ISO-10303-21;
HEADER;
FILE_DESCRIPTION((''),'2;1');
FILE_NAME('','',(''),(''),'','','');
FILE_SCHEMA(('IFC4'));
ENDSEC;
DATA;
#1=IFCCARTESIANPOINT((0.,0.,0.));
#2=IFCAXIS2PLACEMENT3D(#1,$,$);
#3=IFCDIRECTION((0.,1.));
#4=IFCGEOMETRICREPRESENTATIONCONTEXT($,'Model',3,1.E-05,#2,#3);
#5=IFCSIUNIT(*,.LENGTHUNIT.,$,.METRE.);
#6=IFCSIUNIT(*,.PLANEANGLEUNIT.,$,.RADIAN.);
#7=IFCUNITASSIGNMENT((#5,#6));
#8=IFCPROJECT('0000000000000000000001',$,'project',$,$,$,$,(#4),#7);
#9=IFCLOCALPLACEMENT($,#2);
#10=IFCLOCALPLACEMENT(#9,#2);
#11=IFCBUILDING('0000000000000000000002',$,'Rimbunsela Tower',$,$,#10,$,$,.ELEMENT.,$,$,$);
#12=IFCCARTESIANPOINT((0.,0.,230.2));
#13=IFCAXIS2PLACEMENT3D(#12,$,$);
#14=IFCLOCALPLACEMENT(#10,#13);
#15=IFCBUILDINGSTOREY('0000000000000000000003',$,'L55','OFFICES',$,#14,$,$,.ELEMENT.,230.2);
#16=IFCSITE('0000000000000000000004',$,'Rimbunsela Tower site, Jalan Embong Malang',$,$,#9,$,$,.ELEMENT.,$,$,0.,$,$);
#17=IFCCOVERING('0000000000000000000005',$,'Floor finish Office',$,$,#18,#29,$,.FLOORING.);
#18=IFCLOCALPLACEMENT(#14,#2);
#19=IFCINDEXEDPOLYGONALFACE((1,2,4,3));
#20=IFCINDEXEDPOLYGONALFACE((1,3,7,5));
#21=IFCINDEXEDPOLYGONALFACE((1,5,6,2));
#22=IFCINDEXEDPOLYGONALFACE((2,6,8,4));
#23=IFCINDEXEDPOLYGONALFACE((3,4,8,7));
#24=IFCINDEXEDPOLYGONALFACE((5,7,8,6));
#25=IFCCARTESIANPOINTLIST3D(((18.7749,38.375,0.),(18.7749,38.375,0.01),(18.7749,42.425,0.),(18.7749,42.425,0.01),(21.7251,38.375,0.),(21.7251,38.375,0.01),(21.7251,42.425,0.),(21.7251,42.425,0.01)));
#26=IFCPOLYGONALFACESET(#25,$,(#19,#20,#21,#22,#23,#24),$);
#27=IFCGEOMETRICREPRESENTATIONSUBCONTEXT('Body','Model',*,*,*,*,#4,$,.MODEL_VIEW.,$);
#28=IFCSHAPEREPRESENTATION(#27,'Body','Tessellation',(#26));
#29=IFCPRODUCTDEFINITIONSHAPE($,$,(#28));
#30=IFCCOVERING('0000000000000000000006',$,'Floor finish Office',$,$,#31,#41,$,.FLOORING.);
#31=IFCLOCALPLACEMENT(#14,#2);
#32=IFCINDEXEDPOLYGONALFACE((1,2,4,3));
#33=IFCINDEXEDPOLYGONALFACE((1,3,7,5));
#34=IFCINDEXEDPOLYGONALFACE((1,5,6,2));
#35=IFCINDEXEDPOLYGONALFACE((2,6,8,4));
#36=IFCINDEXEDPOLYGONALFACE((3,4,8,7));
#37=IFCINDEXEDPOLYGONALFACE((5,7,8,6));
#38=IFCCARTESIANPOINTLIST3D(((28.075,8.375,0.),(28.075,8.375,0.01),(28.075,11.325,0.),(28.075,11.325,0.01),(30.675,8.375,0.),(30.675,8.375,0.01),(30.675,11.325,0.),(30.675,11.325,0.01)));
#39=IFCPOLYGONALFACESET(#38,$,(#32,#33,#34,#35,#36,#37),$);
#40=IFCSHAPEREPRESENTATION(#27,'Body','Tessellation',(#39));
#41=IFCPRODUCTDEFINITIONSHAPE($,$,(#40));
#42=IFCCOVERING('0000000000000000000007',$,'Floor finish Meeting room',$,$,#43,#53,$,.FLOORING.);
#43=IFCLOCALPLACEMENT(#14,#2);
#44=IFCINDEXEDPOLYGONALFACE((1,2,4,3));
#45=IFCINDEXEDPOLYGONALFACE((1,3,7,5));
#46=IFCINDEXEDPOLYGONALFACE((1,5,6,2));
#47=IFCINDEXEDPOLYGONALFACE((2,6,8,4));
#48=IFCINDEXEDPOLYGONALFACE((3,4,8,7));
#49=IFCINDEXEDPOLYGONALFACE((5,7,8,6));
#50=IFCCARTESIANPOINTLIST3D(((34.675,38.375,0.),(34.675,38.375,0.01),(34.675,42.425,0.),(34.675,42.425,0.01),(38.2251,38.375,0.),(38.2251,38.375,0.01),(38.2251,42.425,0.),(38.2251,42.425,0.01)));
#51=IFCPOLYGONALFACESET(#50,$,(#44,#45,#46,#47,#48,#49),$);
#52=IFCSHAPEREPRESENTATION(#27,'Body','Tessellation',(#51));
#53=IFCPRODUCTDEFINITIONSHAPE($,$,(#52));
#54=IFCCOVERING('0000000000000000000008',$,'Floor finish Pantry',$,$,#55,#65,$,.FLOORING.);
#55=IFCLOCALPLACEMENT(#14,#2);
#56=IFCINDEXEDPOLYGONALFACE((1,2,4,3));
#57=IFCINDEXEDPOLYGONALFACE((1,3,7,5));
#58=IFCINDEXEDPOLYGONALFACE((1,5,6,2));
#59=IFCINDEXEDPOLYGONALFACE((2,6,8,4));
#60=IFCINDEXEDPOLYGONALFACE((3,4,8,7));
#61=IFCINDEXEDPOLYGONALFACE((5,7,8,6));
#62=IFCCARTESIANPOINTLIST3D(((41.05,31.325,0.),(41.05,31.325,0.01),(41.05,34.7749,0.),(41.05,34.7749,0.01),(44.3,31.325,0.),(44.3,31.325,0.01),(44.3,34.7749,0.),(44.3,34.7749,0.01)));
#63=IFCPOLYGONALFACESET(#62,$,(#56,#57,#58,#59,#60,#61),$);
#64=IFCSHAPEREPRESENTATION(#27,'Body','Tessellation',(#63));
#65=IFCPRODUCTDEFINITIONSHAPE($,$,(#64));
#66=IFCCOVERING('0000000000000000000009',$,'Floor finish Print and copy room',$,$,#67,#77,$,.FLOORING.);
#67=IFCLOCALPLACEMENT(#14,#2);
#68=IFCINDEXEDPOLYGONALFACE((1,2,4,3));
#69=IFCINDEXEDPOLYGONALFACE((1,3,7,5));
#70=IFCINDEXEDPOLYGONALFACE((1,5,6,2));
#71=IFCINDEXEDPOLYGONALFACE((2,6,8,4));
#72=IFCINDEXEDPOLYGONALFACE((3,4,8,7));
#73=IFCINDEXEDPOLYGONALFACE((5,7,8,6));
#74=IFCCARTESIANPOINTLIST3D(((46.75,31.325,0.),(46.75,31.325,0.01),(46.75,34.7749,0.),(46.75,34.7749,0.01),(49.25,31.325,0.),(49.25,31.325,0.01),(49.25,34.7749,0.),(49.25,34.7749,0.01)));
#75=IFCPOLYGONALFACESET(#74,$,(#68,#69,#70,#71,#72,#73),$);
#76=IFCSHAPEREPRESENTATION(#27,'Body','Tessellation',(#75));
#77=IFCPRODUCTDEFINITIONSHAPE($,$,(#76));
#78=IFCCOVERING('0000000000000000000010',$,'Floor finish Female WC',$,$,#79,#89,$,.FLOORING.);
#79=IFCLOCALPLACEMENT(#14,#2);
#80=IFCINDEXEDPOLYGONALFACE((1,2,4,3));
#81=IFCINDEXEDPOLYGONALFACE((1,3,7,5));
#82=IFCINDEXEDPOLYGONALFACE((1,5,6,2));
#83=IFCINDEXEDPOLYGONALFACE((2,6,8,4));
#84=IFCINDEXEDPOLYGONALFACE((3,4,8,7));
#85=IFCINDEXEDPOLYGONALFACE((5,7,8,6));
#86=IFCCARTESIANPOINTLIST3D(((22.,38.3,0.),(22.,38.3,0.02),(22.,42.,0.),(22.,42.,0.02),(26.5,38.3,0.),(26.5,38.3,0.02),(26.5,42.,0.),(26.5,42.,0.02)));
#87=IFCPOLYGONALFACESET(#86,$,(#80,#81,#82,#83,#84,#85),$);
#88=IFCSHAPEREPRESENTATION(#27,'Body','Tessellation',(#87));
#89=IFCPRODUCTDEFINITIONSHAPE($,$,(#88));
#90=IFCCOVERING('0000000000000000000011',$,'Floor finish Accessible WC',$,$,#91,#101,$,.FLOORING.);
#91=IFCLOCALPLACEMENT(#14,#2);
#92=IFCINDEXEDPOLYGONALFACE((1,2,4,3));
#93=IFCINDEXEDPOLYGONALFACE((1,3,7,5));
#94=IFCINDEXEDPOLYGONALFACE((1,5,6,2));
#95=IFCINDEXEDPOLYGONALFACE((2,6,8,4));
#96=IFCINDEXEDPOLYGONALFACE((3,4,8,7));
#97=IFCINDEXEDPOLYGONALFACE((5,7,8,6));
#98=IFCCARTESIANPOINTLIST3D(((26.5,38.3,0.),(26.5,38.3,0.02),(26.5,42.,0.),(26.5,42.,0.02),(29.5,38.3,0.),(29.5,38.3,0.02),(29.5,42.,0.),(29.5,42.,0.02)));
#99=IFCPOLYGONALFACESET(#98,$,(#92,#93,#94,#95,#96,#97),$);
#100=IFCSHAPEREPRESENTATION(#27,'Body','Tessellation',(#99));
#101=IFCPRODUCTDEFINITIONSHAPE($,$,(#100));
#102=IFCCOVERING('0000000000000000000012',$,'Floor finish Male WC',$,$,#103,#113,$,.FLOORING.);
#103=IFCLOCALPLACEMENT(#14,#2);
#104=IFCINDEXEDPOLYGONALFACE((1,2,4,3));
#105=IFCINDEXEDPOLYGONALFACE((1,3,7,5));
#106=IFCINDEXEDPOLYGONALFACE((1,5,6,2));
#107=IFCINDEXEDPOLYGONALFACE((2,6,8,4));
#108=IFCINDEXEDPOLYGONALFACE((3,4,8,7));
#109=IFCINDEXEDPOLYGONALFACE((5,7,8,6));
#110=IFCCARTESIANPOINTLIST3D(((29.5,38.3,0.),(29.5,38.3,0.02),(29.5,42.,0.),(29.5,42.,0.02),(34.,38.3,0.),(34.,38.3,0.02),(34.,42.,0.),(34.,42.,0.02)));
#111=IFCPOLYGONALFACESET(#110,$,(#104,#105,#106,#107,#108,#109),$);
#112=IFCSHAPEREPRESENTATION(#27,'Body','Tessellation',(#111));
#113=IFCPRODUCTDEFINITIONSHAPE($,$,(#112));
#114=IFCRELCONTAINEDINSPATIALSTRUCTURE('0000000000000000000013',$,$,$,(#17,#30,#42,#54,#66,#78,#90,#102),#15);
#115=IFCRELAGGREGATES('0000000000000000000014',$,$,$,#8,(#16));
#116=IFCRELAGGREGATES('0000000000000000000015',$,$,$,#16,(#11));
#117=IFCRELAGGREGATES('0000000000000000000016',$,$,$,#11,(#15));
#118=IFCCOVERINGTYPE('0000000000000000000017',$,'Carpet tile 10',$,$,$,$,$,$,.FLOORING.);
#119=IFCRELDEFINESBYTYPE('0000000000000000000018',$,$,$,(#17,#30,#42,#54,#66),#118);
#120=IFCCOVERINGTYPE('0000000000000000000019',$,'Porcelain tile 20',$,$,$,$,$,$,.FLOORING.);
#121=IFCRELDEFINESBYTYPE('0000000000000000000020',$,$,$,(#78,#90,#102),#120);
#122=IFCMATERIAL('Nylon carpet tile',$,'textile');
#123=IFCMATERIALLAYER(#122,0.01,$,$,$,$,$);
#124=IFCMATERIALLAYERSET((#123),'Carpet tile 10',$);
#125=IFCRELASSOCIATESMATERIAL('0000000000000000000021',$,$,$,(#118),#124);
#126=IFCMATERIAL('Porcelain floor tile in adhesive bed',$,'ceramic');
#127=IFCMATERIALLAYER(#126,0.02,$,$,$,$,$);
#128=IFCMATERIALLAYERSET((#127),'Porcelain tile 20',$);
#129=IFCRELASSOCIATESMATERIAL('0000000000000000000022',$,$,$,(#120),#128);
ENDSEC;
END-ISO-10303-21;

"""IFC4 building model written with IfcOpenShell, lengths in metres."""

from ifc_helpers import new_model, si_unit, direction, frame, origin, place, context, subcontext, project, spatial, polyline, outline, extrude, material, layer, layer_set, type_object, element, save


model = new_model("IFC4")

# Units and contexts
model_context = context("Model", 3, precision=1e-05, world=origin(), true_north=direction((0.0, 1.0)))
body_context = subcontext(model_context, "Body", "Model", "MODEL_VIEW")
ifc_project = project(units=[si_unit("LENGTHUNIT", "METRE"), si_unit("PLANEANGLEUNIT", "RADIAN")], contexts=[model_context])

# Site, building, storey
site_placement = place(None, origin())
site = spatial("IfcSite", under=ifc_project, at=site_placement, Name="Rimbunsela Tower site, Jalan Embong Malang", CompositionType="ELEMENT", RefElevation=0.0)
building_placement = place(site_placement, origin())
building = spatial("IfcBuilding", under=site, at=building_placement, Name="Rimbunsela Tower", CompositionType="ELEMENT")
storey_placement = place(building_placement, frame((0.0, 0.0, 230.2)))
storey = spatial("IfcBuildingStorey", under=building, at=storey_placement, Name="L55", Description="OFFICES", CompositionType="ELEMENT", Elevation=230.2)

# Coverings
ifc_material_1 = material(Name="Nylon carpet tile", Category="textile")
ifc_layer_1 = layer(ifc_material_1, 0.01)
ifc_layer_set_1 = layer_set([ifc_layer_1], Name="Carpet tile 10")
covering_type_1 = type_object("IfcCoveringType", Name="Carpet tile 10", PredefinedType="FLOORING", material=ifc_layer_set_1)
covering_1_placement = place(storey_placement, origin())
element("IfcCovering", 1, at=covering_1_placement, inside=storey, type_object=covering_type_1, Name="Floor finish Office", PredefinedType="FLOORING", context=body_context, shape_type="SweptSolid", body=[
    extrude(outline(polyline([(21.7251, 38.375), (21.7251, 42.425), (18.7749, 42.425), (18.7749, 38.375), (21.7251, 38.375)])), origin(), (0.0, 0.0, 1.0), 0.01),
])
covering_2_placement = place(storey_placement, origin())
element("IfcCovering", 2, at=covering_2_placement, inside=storey, type_object=covering_type_1, Name="Floor finish Office", PredefinedType="FLOORING", context=body_context, shape_type="SweptSolid", body=[
    extrude(outline(polyline([(30.675, 8.375), (30.675, 11.325), (28.075, 11.325), (28.075, 8.375), (30.675, 8.375)])), origin(), (0.0, 0.0, 1.0), 0.01),
])
covering_3_placement = place(storey_placement, origin())
element("IfcCovering", 3, at=covering_3_placement, inside=storey, type_object=covering_type_1, Name="Floor finish Meeting room", PredefinedType="FLOORING", context=body_context, shape_type="SweptSolid", body=[
    extrude(outline(polyline([(38.2251, 38.375), (38.2251, 42.425), (34.675, 42.425), (34.675, 38.375), (38.2251, 38.375)])), origin(), (0.0, 0.0, 1.0), 0.01),
])
covering_4_placement = place(storey_placement, origin())
element("IfcCovering", 4, at=covering_4_placement, inside=storey, type_object=covering_type_1, Name="Floor finish Pantry", PredefinedType="FLOORING", context=body_context, shape_type="SweptSolid", body=[
    extrude(outline(polyline([(44.3, 31.325), (44.3, 34.7749), (41.05, 34.7749), (41.05, 31.325), (44.3, 31.325)])), origin(), (0.0, 0.0, 1.0), 0.01),
])
covering_5_placement = place(storey_placement, origin())
element("IfcCovering", 5, at=covering_5_placement, inside=storey, type_object=covering_type_1, Name="Floor finish Print and copy room", PredefinedType="FLOORING", context=body_context, shape_type="SweptSolid", body=[
    extrude(outline(polyline([(49.25, 31.325), (49.25, 34.7749), (46.75, 34.7749), (46.75, 31.325), (49.25, 31.325)])), origin(), (0.0, 0.0, 1.0), 0.01),
])
ifc_material_2 = material(Name="Porcelain floor tile in adhesive bed", Category="ceramic")
ifc_layer_2 = layer(ifc_material_2, 0.02)
ifc_layer_set_2 = layer_set([ifc_layer_2], Name="Porcelain tile 20")
covering_type_2 = type_object("IfcCoveringType", Name="Porcelain tile 20", PredefinedType="FLOORING", material=ifc_layer_set_2)
covering_6_placement = place(storey_placement, origin())
element("IfcCovering", 6, at=covering_6_placement, inside=storey, type_object=covering_type_2, Name="Floor finish Female WC", PredefinedType="FLOORING", context=body_context, shape_type="SweptSolid", body=[
    extrude(outline(polyline([(26.5, 38.3), (26.5, 42.0), (22.0, 42.0), (22.0, 38.3), (26.5, 38.3)])), origin(), (0.0, 0.0, 1.0), 0.02),
])
covering_7_placement = place(storey_placement, origin())
element("IfcCovering", 7, at=covering_7_placement, inside=storey, type_object=covering_type_2, Name="Floor finish Accessible WC", PredefinedType="FLOORING", context=body_context, shape_type="SweptSolid", body=[
    extrude(outline(polyline([(29.5, 38.3), (29.5, 42.0), (26.5, 42.0), (26.5, 38.3), (29.5, 38.3)])), origin(), (0.0, 0.0, 1.0), 0.02),
])
covering_8_placement = place(storey_placement, origin())
element("IfcCovering", 8, at=covering_8_placement, inside=storey, type_object=covering_type_2, Name="Floor finish Male WC", PredefinedType="FLOORING", context=body_context, shape_type="SweptSolid", body=[
    extrude(outline(polyline([(34.0, 38.3), (34.0, 42.0), (29.5, 42.0), (29.5, 38.3), (34.0, 38.3)])), origin(), (0.0, 0.0, 1.0), 0.02),
])

save(model, "model.ifc")
